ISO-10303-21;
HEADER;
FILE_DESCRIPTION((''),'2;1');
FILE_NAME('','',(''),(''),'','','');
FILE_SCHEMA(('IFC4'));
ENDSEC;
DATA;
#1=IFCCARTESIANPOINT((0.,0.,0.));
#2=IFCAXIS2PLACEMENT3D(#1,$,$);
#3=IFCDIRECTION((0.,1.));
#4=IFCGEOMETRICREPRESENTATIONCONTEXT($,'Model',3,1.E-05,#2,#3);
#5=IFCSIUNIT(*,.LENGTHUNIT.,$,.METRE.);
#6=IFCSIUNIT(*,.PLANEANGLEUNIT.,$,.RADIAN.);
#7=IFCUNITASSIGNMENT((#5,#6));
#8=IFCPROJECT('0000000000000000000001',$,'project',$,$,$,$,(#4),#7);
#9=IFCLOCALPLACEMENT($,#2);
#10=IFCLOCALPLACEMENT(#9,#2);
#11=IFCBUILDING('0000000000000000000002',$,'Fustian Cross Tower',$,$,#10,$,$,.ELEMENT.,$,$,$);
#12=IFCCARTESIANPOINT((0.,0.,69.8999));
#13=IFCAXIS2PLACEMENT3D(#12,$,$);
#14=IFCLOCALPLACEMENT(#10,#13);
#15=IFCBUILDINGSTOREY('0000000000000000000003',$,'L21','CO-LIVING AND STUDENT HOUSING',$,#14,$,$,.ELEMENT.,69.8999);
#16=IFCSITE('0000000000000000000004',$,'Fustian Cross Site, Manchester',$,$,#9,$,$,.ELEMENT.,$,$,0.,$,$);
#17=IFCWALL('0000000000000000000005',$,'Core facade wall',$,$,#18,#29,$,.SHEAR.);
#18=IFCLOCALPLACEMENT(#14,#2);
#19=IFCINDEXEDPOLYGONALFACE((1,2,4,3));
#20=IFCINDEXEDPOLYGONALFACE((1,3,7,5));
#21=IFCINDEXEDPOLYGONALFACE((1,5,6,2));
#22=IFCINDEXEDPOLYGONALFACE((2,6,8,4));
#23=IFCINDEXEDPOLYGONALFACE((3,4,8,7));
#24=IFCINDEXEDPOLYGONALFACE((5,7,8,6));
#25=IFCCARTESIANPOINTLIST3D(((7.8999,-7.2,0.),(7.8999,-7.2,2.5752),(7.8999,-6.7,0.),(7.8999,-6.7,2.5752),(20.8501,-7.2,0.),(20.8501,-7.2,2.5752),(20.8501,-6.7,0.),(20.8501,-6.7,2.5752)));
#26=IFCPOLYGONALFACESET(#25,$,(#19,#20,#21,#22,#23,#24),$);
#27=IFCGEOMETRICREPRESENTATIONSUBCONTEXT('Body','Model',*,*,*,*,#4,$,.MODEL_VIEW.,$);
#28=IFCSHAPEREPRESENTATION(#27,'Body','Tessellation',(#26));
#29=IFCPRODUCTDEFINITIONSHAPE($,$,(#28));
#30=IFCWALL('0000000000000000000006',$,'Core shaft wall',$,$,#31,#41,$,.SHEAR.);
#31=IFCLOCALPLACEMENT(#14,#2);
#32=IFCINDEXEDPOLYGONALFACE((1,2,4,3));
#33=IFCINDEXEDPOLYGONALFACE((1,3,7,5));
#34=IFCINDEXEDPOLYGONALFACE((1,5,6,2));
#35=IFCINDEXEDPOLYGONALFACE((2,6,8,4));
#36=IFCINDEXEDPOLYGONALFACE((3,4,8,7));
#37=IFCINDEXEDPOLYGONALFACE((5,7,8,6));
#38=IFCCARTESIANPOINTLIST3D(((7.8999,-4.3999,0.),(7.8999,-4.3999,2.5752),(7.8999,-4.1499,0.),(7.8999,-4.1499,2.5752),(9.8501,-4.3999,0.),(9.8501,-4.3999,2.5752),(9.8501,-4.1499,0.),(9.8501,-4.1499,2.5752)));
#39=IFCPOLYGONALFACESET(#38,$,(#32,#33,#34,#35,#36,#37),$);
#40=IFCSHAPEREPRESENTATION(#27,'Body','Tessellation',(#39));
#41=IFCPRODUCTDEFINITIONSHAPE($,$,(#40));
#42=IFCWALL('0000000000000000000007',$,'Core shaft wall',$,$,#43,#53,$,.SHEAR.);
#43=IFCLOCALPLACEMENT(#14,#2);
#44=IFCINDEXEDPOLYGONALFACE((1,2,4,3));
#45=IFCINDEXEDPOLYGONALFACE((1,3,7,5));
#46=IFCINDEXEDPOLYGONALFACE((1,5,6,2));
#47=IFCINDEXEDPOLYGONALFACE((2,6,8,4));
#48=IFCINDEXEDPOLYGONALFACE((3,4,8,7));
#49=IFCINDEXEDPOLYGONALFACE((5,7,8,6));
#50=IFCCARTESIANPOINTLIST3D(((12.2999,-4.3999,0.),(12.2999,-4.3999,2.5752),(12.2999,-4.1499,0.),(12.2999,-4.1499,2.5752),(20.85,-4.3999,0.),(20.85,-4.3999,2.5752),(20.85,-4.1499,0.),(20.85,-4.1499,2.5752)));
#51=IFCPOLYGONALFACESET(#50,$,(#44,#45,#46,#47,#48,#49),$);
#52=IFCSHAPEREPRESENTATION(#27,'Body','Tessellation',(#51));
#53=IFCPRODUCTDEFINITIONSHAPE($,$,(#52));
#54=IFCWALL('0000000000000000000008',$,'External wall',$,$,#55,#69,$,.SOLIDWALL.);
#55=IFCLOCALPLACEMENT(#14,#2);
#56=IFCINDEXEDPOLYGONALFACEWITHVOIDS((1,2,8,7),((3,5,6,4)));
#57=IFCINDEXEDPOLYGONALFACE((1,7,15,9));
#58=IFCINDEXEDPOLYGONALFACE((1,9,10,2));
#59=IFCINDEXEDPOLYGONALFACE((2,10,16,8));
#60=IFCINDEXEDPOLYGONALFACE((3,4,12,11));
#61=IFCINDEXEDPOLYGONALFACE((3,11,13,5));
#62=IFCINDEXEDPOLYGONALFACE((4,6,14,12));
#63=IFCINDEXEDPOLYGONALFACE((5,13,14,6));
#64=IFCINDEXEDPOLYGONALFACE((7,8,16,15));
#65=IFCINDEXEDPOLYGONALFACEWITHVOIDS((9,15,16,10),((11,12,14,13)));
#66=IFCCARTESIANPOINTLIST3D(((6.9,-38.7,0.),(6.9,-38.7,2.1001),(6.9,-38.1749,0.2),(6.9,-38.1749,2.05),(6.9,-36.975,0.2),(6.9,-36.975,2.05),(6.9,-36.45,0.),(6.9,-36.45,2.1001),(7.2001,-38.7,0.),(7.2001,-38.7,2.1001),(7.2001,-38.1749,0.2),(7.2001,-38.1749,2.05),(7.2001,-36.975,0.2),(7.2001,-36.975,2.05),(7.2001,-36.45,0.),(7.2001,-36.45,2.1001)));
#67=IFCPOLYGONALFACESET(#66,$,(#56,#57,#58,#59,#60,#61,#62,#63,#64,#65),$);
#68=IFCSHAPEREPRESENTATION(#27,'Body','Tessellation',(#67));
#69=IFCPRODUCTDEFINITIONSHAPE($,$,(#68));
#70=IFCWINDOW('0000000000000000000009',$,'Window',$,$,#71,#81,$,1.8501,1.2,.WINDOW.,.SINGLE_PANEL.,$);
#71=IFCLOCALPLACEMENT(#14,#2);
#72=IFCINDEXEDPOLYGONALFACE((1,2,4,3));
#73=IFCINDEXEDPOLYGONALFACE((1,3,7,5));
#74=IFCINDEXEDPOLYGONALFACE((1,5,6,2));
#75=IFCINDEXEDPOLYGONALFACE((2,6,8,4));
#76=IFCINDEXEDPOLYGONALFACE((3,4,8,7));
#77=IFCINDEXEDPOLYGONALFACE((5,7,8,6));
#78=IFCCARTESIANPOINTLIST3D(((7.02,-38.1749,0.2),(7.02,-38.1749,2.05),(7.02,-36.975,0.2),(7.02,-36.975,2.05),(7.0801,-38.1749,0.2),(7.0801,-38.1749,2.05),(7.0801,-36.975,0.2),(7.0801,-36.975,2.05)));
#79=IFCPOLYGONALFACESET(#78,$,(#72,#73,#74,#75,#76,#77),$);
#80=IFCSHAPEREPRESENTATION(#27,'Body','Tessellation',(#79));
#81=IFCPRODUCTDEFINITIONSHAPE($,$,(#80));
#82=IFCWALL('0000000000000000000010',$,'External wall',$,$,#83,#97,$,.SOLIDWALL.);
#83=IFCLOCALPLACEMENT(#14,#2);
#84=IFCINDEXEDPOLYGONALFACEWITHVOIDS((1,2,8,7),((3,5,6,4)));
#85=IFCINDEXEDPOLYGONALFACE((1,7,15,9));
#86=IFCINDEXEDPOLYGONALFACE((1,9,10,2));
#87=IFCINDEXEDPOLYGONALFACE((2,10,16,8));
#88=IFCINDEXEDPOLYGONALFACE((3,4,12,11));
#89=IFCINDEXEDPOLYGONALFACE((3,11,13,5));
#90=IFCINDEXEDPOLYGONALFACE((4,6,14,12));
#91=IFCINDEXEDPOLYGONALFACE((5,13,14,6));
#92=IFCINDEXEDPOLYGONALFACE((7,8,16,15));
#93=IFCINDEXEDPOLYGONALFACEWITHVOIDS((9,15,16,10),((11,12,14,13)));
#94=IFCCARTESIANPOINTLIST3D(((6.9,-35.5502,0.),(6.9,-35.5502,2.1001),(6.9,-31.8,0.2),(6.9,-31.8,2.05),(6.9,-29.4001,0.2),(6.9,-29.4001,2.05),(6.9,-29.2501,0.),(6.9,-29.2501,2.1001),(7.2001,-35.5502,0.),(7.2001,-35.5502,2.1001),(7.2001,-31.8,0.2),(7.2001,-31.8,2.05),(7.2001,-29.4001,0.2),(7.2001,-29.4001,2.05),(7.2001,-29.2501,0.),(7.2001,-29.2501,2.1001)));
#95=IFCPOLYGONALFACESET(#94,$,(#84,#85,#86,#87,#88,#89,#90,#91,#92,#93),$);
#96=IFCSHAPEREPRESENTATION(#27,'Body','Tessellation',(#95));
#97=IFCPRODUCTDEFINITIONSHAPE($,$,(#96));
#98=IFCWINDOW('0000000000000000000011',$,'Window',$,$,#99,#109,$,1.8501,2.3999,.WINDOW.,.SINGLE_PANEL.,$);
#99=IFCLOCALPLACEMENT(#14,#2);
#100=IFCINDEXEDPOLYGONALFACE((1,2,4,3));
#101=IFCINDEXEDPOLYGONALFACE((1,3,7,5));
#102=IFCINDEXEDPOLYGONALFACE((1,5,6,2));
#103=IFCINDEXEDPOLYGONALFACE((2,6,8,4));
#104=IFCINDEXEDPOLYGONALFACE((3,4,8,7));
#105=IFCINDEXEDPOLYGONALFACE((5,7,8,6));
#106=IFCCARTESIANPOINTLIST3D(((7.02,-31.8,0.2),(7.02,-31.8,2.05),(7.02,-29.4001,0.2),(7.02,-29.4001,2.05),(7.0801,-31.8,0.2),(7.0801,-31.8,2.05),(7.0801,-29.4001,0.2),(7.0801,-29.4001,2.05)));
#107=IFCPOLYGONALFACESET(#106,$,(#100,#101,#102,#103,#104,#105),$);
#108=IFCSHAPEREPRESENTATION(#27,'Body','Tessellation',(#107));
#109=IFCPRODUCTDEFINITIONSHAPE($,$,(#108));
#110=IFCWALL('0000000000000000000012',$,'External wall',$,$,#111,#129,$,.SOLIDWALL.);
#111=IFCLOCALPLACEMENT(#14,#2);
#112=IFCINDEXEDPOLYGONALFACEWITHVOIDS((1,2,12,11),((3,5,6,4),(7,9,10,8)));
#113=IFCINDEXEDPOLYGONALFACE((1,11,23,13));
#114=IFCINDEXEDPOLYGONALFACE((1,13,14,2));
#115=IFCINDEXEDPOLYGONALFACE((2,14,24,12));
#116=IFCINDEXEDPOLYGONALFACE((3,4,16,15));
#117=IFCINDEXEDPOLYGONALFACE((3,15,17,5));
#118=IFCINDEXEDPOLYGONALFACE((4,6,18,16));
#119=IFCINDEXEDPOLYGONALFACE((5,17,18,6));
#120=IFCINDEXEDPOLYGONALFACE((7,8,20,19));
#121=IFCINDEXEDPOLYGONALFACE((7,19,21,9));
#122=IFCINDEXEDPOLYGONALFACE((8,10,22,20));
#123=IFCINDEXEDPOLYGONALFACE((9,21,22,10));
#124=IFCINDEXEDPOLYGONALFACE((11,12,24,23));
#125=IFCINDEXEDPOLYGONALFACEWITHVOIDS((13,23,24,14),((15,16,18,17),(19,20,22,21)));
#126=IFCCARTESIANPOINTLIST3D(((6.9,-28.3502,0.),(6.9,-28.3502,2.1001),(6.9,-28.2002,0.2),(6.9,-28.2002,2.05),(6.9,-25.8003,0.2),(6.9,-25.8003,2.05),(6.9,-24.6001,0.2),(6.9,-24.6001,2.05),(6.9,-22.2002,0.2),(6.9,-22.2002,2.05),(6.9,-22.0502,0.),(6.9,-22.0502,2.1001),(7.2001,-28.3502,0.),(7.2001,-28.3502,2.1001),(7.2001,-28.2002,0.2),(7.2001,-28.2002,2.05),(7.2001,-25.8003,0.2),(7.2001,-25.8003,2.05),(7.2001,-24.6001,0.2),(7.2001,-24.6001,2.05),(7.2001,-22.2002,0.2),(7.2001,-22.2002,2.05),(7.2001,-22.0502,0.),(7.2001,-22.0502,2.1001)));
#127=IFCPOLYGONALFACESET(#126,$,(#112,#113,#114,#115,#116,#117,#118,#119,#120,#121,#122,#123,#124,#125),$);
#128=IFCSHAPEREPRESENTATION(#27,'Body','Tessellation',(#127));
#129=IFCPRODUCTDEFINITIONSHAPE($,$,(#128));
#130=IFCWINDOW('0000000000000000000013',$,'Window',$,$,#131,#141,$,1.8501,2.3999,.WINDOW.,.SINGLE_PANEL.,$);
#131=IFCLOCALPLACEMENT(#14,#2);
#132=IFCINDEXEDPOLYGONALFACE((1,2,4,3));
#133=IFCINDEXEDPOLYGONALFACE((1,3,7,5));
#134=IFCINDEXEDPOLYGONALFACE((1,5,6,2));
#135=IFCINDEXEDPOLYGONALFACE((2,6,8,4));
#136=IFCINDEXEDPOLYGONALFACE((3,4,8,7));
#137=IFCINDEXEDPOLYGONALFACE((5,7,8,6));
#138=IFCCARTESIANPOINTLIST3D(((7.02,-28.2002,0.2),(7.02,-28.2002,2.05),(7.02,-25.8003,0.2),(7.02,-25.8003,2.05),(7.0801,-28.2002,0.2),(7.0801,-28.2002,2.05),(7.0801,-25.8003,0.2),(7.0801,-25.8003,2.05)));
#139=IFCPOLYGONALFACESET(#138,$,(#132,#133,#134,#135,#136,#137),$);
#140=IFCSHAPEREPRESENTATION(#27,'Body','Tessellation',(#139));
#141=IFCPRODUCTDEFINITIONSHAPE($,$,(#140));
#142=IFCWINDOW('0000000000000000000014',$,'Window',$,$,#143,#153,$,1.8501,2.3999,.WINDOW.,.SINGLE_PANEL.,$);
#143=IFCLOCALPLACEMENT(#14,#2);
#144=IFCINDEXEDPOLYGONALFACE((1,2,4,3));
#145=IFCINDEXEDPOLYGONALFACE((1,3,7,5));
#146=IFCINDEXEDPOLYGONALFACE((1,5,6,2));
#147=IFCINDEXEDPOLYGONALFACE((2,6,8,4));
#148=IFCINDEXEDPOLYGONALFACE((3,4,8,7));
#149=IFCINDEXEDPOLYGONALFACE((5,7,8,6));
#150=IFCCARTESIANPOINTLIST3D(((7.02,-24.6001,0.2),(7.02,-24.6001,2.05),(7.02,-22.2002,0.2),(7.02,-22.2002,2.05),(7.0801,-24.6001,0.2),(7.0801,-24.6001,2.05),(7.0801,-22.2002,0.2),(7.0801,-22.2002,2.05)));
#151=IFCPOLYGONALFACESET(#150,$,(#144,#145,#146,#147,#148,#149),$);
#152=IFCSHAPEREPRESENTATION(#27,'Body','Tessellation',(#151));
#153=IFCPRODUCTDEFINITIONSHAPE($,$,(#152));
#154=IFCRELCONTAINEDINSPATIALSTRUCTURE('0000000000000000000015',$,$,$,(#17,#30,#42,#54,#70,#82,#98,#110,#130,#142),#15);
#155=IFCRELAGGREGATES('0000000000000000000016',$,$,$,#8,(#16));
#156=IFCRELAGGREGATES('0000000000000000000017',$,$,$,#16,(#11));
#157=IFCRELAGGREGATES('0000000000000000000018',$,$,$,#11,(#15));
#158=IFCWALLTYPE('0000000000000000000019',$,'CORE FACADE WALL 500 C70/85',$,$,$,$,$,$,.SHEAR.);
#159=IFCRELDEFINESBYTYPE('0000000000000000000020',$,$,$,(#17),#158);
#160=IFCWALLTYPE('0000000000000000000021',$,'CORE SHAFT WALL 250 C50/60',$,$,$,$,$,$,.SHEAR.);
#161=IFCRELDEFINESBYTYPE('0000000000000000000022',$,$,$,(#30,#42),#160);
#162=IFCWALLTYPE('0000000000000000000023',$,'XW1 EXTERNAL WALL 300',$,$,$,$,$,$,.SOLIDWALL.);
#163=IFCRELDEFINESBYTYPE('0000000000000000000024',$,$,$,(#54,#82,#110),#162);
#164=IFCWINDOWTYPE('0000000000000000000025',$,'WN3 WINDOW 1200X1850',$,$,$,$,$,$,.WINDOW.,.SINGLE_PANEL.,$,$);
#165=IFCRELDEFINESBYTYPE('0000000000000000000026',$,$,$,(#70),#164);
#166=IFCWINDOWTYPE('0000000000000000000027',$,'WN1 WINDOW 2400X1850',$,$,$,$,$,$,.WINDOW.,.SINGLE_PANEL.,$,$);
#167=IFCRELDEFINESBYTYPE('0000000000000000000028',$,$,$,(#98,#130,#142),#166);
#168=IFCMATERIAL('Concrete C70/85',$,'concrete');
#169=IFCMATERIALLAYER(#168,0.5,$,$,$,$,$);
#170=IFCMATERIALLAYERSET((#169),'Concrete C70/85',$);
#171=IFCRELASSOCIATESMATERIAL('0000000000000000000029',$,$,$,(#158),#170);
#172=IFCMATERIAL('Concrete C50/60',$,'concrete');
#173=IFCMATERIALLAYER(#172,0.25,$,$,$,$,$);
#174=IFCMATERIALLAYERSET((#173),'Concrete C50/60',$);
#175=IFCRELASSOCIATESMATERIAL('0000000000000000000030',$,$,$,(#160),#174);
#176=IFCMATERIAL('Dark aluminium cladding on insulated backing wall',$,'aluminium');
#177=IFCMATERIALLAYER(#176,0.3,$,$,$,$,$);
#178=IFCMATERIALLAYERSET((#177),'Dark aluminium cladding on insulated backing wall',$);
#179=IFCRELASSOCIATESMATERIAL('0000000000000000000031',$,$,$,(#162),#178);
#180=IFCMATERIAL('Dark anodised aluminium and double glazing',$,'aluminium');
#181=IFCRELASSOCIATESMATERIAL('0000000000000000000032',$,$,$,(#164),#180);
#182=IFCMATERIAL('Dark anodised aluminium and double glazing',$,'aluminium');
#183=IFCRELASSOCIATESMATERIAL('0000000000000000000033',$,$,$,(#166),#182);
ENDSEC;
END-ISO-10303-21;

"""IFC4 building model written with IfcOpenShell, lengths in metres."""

from ifc_helpers import new_model, si_unit, direction, frame, frame_2d, origin, place, context, subcontext, project, spatial, rectangle, extrude, material, layer, layer_set, type_object, element, fill, save


model = new_model("IFC4")

# Units and contexts
model_context = context("Model", 3, precision=1e-05, world=origin(), true_north=direction((0.0, 1.0)))
body_context = subcontext(model_context, "Body", "Model", "MODEL_VIEW")
ifc_project = project(units=[si_unit("LENGTHUNIT", "METRE"), si_unit("PLANEANGLEUNIT", "RADIAN")], contexts=[model_context])

# Site, building, storey
site_placement = place(None, origin())
site = spatial("IfcSite", under=ifc_project, at=site_placement, Name="Fustian Cross Site, Manchester", CompositionType="ELEMENT", RefElevation=0.0)
building_placement = place(site_placement, origin())
building = spatial("IfcBuilding", under=site, at=building_placement, Name="Fustian Cross Tower", CompositionType="ELEMENT")
storey_placement = place(building_placement, frame((0.0, 0.0, 69.8999)))
storey = spatial("IfcBuildingStorey", under=building, at=storey_placement, Name="L21", Description="CO-LIVING AND STUDENT HOUSING", CompositionType="ELEMENT", Elevation=69.8999)

# Walls
ifc_material_1 = material(Name="Concrete C70/85", Category="concrete")
ifc_layer_1 = layer(ifc_material_1, 0.5)
ifc_layer_set_1 = layer_set([ifc_layer_1], Name="Concrete C70/85")
wall_type_1 = type_object("IfcWallType", Name="CORE FACADE WALL 500 C70/85", PredefinedType="SHEAR", material=ifc_layer_set_1)
wall_1_placement = place(storey_placement, frame((7.8999, -6.95, 0.0), z_axis=(0.0, 0.0, 1.0), x_axis=(1.0, 0.0, 0.0)))
element("IfcWall", 1, at=wall_1_placement, inside=storey, type_object=wall_type_1, Name="Core facade wall", PredefinedType="SHEAR", context=body_context, shape_type="SweptSolid", body=[
    extrude(rectangle(XDim=12.9502, YDim=0.5, at=frame_2d((6.4751, 0.0))), origin(), (0.0, 0.0, 1.0), 2.5752),
])
ifc_material_2 = material(Name="Concrete C50/60", Category="concrete")
ifc_layer_2 = layer(ifc_material_2, 0.25)
ifc_layer_set_2 = layer_set([ifc_layer_2], Name="Concrete C50/60")
wall_type_2 = type_object("IfcWallType", Name="CORE SHAFT WALL 250 C50/60", PredefinedType="SHEAR", material=ifc_layer_set_2)
wall_2_placement = place(storey_placement, frame((7.8999, -4.2749, 0.0), z_axis=(0.0, 0.0, 1.0), x_axis=(1.0, 0.0, 0.0)))
element("IfcWall", 2, at=wall_2_placement, inside=storey, type_object=wall_type_2, Name="Core shaft wall", PredefinedType="SHEAR", context=body_context, shape_type="SweptSolid", body=[
    extrude(rectangle(XDim=1.9502, YDim=0.25, at=frame_2d((0.9751, 0.0))), origin(), (0.0, 0.0, 1.0), 2.5752),
])
wall_3_placement = place(storey_placement, frame((12.3, -4.2749, 0.0), z_axis=(0.0, 0.0, 1.0), x_axis=(1.0, 0.0, 0.0)))
element("IfcWall", 3, at=wall_3_placement, inside=storey, type_object=wall_type_2, Name="Core shaft wall", PredefinedType="SHEAR", context=body_context, shape_type="SweptSolid", body=[
    extrude(rectangle(XDim=8.55, YDim=0.25, at=frame_2d((4.2749, 0.0))), origin(), (0.0, 0.0, 1.0), 2.5752),
])

# Walls, openings, windows
ifc_material_3 = material(Name="Dark aluminium cladding on insulated backing wall", Category="aluminium")
ifc_layer_3 = layer(ifc_material_3, 0.3)
ifc_layer_set_3 = layer_set([ifc_layer_3], Name="Dark aluminium cladding on insulated backing wall")
wall_type_3 = type_object("IfcWallType", Name="XW1 EXTERNAL WALL 300", PredefinedType="SOLIDWALL", material=ifc_layer_set_3)
wall_4_placement = place(storey_placement, frame((7.05, -38.7, 0.0), z_axis=(0.0, 0.0, 1.0), x_axis=(0.0, 1.0, 0.0)))
wall_4 = element("IfcWall", 4, at=wall_4_placement, inside=storey, type_object=wall_type_3, Name="External wall", PredefinedType="SOLIDWALL", context=body_context, shape_type="SweptSolid", body=[
    extrude(rectangle(XDim=2.25, YDim=0.3, at=frame_2d((1.125, 0.0))), origin(), (0.0, 0.0, 1.0), 2.1001),
])
opening_1_placement = place(wall_4_placement, frame((0.5249, 0.0, 0.2)))
opening_1 = element("IfcOpeningElement", 5, at=opening_1_placement, cuts=wall_4, PredefinedType="OPENING", context=body_context, shape_type="SweptSolid", body=[
    extrude(rectangle(XDim=1.2, YDim=1.8501, at=frame_2d((0.6001, 0.925))), frame((0.0, 0.1599, 0.0), z_axis=(0.0, -1.0, 0.0), x_axis=(1.0, 0.0, 0.0)), (0.0, 0.0, 1.0), 0.3201),
])
ifc_material_4 = material(Name="Dark anodised aluminium and double glazing", Category="aluminium")
window_type_1 = type_object("IfcWindowType", Name="WN3 WINDOW 1200X1850", PartitioningType="SINGLE_PANEL", PredefinedType="WINDOW", material=ifc_material_4)
window_1_placement = place(opening_1_placement, origin())
window_1 = element("IfcWindow", 6, at=window_1_placement, inside=storey, type_object=window_type_1, Name="Window", OverallHeight=1.8501, OverallWidth=1.2, PartitioningType="SINGLE_PANEL", PredefinedType="WINDOW", context=body_context, shape_type="SweptSolid", body=[
    extrude(rectangle(XDim=1.2, YDim=1.8501, at=frame_2d((0.6001, 0.925))), frame((0.0, 0.03, 0.0), z_axis=(0.0, -1.0, 0.0), x_axis=(1.0, 0.0, 0.0)), (0.0, 0.0, 1.0), 0.0601),
])
fill(opening_1, window_1)
wall_5_placement = place(storey_placement, frame((7.05, -35.55, 0.0), z_axis=(0.0, 0.0, 1.0), x_axis=(0.0, 1.0, 0.0)))
wall_5 = element("IfcWall", 7, at=wall_5_placement, inside=storey, type_object=wall_type_3, Name="External wall", PredefinedType="SOLIDWALL", context=body_context, shape_type="SweptSolid", body=[
    extrude(rectangle(XDim=6.3, YDim=0.3, at=frame_2d((3.1499, 0.0))), origin(), (0.0, 0.0, 1.0), 2.1001),
])
opening_2_placement = place(wall_5_placement, frame((3.75, 0.0, 0.2)))
opening_2 = element("IfcOpeningElement", 8, at=opening_2_placement, cuts=wall_5, PredefinedType="OPENING", context=body_context, shape_type="SweptSolid", body=[
    extrude(rectangle(XDim=2.3999, YDim=1.8501, at=frame_2d((1.2, 0.925))), frame((0.0, 0.1599, 0.0), z_axis=(0.0, -1.0, 0.0), x_axis=(1.0, 0.0, 0.0)), (0.0, 0.0, 1.0), 0.3201),
])
ifc_material_5 = material(Name="Dark anodised aluminium and double glazing", Category="aluminium")
window_type_2 = type_object("IfcWindowType", Name="WN1 WINDOW 2400X1850", PartitioningType="SINGLE_PANEL", PredefinedType="WINDOW", material=ifc_material_5)
window_2_placement = place(opening_2_placement, origin())
window_2 = element("IfcWindow", 9, at=window_2_placement, inside=storey, type_object=window_type_2, Name="Window", OverallHeight=1.8501, OverallWidth=2.3999, PartitioningType="SINGLE_PANEL", PredefinedType="WINDOW", context=body_context, shape_type="SweptSolid", body=[
    extrude(rectangle(XDim=2.3999, YDim=1.8501, at=frame_2d((1.2, 0.925))), frame((0.0, 0.03, 0.0), z_axis=(0.0, -1.0, 0.0), x_axis=(1.0, 0.0, 0.0)), (0.0, 0.0, 1.0), 0.0601),
])
fill(opening_2, window_2)

# Wall, openings, windows
wall_6_placement = place(storey_placement, frame((7.05, -28.3501, 0.0), z_axis=(0.0, 0.0, 1.0), x_axis=(0.0, 1.0, 0.0)))
wall_6 = element("IfcWall", 10, at=wall_6_placement, inside=storey, type_object=wall_type_3, Name="External wall", PredefinedType="SOLIDWALL", context=body_context, shape_type="SweptSolid", body=[
    extrude(rectangle(XDim=6.3, YDim=0.3, at=frame_2d((3.1499, 0.0))), origin(), (0.0, 0.0, 1.0), 2.1001),
])
opening_3_placement = place(wall_6_placement, frame((0.1499, 0.0, 0.2)))
opening_3 = element("IfcOpeningElement", 11, at=opening_3_placement, cuts=wall_6, PredefinedType="OPENING", context=body_context, shape_type="SweptSolid", body=[
    extrude(rectangle(XDim=2.3999, YDim=1.8501, at=frame_2d((1.2, 0.925))), frame((0.0, 0.1599, 0.0), z_axis=(0.0, -1.0, 0.0), x_axis=(1.0, 0.0, 0.0)), (0.0, 0.0, 1.0), 0.3201),
])
opening_4_placement = place(wall_6_placement, frame((3.75, 0.0, 0.2)))
opening_4 = element("IfcOpeningElement", 12, at=opening_4_placement, cuts=wall_6, PredefinedType="OPENING", context=body_context, shape_type="SweptSolid", body=[
    extrude(rectangle(XDim=2.3999, YDim=1.8501, at=frame_2d((1.2, 0.925))), frame((0.0, 0.1599, 0.0), z_axis=(0.0, -1.0, 0.0), x_axis=(1.0, 0.0, 0.0)), (0.0, 0.0, 1.0), 0.3201),
])
window_3_placement = place(opening_3_placement, origin())
window_3 = element("IfcWindow", 13, at=window_3_placement, inside=storey, type_object=window_type_2, Name="Window", OverallHeight=1.8501, OverallWidth=2.3999, PartitioningType="SINGLE_PANEL", PredefinedType="WINDOW", context=body_context, shape_type="SweptSolid", body=[
    extrude(rectangle(XDim=2.3999, YDim=1.8501, at=frame_2d((1.2, 0.925))), frame((0.0, 0.03, 0.0), z_axis=(0.0, -1.0, 0.0), x_axis=(1.0, 0.0, 0.0)), (0.0, 0.0, 1.0), 0.0601),
])
fill(opening_3, window_3)
window_4_placement = place(opening_4_placement, origin())
window_4 = element("IfcWindow", 14, at=window_4_placement, inside=storey, type_object=window_type_2, Name="Window", OverallHeight=1.8501, OverallWidth=2.3999, PartitioningType="SINGLE_PANEL", PredefinedType="WINDOW", context=body_context, shape_type="SweptSolid", body=[
    extrude(rectangle(XDim=2.3999, YDim=1.8501, at=frame_2d((1.2, 0.925))), frame((0.0, 0.03, 0.0), z_axis=(0.0, -1.0, 0.0), x_axis=(1.0, 0.0, 0.0)), (0.0, 0.0, 1.0), 0.0601),
])
fill(opening_4, window_4)

save(model, "model.ifc")
